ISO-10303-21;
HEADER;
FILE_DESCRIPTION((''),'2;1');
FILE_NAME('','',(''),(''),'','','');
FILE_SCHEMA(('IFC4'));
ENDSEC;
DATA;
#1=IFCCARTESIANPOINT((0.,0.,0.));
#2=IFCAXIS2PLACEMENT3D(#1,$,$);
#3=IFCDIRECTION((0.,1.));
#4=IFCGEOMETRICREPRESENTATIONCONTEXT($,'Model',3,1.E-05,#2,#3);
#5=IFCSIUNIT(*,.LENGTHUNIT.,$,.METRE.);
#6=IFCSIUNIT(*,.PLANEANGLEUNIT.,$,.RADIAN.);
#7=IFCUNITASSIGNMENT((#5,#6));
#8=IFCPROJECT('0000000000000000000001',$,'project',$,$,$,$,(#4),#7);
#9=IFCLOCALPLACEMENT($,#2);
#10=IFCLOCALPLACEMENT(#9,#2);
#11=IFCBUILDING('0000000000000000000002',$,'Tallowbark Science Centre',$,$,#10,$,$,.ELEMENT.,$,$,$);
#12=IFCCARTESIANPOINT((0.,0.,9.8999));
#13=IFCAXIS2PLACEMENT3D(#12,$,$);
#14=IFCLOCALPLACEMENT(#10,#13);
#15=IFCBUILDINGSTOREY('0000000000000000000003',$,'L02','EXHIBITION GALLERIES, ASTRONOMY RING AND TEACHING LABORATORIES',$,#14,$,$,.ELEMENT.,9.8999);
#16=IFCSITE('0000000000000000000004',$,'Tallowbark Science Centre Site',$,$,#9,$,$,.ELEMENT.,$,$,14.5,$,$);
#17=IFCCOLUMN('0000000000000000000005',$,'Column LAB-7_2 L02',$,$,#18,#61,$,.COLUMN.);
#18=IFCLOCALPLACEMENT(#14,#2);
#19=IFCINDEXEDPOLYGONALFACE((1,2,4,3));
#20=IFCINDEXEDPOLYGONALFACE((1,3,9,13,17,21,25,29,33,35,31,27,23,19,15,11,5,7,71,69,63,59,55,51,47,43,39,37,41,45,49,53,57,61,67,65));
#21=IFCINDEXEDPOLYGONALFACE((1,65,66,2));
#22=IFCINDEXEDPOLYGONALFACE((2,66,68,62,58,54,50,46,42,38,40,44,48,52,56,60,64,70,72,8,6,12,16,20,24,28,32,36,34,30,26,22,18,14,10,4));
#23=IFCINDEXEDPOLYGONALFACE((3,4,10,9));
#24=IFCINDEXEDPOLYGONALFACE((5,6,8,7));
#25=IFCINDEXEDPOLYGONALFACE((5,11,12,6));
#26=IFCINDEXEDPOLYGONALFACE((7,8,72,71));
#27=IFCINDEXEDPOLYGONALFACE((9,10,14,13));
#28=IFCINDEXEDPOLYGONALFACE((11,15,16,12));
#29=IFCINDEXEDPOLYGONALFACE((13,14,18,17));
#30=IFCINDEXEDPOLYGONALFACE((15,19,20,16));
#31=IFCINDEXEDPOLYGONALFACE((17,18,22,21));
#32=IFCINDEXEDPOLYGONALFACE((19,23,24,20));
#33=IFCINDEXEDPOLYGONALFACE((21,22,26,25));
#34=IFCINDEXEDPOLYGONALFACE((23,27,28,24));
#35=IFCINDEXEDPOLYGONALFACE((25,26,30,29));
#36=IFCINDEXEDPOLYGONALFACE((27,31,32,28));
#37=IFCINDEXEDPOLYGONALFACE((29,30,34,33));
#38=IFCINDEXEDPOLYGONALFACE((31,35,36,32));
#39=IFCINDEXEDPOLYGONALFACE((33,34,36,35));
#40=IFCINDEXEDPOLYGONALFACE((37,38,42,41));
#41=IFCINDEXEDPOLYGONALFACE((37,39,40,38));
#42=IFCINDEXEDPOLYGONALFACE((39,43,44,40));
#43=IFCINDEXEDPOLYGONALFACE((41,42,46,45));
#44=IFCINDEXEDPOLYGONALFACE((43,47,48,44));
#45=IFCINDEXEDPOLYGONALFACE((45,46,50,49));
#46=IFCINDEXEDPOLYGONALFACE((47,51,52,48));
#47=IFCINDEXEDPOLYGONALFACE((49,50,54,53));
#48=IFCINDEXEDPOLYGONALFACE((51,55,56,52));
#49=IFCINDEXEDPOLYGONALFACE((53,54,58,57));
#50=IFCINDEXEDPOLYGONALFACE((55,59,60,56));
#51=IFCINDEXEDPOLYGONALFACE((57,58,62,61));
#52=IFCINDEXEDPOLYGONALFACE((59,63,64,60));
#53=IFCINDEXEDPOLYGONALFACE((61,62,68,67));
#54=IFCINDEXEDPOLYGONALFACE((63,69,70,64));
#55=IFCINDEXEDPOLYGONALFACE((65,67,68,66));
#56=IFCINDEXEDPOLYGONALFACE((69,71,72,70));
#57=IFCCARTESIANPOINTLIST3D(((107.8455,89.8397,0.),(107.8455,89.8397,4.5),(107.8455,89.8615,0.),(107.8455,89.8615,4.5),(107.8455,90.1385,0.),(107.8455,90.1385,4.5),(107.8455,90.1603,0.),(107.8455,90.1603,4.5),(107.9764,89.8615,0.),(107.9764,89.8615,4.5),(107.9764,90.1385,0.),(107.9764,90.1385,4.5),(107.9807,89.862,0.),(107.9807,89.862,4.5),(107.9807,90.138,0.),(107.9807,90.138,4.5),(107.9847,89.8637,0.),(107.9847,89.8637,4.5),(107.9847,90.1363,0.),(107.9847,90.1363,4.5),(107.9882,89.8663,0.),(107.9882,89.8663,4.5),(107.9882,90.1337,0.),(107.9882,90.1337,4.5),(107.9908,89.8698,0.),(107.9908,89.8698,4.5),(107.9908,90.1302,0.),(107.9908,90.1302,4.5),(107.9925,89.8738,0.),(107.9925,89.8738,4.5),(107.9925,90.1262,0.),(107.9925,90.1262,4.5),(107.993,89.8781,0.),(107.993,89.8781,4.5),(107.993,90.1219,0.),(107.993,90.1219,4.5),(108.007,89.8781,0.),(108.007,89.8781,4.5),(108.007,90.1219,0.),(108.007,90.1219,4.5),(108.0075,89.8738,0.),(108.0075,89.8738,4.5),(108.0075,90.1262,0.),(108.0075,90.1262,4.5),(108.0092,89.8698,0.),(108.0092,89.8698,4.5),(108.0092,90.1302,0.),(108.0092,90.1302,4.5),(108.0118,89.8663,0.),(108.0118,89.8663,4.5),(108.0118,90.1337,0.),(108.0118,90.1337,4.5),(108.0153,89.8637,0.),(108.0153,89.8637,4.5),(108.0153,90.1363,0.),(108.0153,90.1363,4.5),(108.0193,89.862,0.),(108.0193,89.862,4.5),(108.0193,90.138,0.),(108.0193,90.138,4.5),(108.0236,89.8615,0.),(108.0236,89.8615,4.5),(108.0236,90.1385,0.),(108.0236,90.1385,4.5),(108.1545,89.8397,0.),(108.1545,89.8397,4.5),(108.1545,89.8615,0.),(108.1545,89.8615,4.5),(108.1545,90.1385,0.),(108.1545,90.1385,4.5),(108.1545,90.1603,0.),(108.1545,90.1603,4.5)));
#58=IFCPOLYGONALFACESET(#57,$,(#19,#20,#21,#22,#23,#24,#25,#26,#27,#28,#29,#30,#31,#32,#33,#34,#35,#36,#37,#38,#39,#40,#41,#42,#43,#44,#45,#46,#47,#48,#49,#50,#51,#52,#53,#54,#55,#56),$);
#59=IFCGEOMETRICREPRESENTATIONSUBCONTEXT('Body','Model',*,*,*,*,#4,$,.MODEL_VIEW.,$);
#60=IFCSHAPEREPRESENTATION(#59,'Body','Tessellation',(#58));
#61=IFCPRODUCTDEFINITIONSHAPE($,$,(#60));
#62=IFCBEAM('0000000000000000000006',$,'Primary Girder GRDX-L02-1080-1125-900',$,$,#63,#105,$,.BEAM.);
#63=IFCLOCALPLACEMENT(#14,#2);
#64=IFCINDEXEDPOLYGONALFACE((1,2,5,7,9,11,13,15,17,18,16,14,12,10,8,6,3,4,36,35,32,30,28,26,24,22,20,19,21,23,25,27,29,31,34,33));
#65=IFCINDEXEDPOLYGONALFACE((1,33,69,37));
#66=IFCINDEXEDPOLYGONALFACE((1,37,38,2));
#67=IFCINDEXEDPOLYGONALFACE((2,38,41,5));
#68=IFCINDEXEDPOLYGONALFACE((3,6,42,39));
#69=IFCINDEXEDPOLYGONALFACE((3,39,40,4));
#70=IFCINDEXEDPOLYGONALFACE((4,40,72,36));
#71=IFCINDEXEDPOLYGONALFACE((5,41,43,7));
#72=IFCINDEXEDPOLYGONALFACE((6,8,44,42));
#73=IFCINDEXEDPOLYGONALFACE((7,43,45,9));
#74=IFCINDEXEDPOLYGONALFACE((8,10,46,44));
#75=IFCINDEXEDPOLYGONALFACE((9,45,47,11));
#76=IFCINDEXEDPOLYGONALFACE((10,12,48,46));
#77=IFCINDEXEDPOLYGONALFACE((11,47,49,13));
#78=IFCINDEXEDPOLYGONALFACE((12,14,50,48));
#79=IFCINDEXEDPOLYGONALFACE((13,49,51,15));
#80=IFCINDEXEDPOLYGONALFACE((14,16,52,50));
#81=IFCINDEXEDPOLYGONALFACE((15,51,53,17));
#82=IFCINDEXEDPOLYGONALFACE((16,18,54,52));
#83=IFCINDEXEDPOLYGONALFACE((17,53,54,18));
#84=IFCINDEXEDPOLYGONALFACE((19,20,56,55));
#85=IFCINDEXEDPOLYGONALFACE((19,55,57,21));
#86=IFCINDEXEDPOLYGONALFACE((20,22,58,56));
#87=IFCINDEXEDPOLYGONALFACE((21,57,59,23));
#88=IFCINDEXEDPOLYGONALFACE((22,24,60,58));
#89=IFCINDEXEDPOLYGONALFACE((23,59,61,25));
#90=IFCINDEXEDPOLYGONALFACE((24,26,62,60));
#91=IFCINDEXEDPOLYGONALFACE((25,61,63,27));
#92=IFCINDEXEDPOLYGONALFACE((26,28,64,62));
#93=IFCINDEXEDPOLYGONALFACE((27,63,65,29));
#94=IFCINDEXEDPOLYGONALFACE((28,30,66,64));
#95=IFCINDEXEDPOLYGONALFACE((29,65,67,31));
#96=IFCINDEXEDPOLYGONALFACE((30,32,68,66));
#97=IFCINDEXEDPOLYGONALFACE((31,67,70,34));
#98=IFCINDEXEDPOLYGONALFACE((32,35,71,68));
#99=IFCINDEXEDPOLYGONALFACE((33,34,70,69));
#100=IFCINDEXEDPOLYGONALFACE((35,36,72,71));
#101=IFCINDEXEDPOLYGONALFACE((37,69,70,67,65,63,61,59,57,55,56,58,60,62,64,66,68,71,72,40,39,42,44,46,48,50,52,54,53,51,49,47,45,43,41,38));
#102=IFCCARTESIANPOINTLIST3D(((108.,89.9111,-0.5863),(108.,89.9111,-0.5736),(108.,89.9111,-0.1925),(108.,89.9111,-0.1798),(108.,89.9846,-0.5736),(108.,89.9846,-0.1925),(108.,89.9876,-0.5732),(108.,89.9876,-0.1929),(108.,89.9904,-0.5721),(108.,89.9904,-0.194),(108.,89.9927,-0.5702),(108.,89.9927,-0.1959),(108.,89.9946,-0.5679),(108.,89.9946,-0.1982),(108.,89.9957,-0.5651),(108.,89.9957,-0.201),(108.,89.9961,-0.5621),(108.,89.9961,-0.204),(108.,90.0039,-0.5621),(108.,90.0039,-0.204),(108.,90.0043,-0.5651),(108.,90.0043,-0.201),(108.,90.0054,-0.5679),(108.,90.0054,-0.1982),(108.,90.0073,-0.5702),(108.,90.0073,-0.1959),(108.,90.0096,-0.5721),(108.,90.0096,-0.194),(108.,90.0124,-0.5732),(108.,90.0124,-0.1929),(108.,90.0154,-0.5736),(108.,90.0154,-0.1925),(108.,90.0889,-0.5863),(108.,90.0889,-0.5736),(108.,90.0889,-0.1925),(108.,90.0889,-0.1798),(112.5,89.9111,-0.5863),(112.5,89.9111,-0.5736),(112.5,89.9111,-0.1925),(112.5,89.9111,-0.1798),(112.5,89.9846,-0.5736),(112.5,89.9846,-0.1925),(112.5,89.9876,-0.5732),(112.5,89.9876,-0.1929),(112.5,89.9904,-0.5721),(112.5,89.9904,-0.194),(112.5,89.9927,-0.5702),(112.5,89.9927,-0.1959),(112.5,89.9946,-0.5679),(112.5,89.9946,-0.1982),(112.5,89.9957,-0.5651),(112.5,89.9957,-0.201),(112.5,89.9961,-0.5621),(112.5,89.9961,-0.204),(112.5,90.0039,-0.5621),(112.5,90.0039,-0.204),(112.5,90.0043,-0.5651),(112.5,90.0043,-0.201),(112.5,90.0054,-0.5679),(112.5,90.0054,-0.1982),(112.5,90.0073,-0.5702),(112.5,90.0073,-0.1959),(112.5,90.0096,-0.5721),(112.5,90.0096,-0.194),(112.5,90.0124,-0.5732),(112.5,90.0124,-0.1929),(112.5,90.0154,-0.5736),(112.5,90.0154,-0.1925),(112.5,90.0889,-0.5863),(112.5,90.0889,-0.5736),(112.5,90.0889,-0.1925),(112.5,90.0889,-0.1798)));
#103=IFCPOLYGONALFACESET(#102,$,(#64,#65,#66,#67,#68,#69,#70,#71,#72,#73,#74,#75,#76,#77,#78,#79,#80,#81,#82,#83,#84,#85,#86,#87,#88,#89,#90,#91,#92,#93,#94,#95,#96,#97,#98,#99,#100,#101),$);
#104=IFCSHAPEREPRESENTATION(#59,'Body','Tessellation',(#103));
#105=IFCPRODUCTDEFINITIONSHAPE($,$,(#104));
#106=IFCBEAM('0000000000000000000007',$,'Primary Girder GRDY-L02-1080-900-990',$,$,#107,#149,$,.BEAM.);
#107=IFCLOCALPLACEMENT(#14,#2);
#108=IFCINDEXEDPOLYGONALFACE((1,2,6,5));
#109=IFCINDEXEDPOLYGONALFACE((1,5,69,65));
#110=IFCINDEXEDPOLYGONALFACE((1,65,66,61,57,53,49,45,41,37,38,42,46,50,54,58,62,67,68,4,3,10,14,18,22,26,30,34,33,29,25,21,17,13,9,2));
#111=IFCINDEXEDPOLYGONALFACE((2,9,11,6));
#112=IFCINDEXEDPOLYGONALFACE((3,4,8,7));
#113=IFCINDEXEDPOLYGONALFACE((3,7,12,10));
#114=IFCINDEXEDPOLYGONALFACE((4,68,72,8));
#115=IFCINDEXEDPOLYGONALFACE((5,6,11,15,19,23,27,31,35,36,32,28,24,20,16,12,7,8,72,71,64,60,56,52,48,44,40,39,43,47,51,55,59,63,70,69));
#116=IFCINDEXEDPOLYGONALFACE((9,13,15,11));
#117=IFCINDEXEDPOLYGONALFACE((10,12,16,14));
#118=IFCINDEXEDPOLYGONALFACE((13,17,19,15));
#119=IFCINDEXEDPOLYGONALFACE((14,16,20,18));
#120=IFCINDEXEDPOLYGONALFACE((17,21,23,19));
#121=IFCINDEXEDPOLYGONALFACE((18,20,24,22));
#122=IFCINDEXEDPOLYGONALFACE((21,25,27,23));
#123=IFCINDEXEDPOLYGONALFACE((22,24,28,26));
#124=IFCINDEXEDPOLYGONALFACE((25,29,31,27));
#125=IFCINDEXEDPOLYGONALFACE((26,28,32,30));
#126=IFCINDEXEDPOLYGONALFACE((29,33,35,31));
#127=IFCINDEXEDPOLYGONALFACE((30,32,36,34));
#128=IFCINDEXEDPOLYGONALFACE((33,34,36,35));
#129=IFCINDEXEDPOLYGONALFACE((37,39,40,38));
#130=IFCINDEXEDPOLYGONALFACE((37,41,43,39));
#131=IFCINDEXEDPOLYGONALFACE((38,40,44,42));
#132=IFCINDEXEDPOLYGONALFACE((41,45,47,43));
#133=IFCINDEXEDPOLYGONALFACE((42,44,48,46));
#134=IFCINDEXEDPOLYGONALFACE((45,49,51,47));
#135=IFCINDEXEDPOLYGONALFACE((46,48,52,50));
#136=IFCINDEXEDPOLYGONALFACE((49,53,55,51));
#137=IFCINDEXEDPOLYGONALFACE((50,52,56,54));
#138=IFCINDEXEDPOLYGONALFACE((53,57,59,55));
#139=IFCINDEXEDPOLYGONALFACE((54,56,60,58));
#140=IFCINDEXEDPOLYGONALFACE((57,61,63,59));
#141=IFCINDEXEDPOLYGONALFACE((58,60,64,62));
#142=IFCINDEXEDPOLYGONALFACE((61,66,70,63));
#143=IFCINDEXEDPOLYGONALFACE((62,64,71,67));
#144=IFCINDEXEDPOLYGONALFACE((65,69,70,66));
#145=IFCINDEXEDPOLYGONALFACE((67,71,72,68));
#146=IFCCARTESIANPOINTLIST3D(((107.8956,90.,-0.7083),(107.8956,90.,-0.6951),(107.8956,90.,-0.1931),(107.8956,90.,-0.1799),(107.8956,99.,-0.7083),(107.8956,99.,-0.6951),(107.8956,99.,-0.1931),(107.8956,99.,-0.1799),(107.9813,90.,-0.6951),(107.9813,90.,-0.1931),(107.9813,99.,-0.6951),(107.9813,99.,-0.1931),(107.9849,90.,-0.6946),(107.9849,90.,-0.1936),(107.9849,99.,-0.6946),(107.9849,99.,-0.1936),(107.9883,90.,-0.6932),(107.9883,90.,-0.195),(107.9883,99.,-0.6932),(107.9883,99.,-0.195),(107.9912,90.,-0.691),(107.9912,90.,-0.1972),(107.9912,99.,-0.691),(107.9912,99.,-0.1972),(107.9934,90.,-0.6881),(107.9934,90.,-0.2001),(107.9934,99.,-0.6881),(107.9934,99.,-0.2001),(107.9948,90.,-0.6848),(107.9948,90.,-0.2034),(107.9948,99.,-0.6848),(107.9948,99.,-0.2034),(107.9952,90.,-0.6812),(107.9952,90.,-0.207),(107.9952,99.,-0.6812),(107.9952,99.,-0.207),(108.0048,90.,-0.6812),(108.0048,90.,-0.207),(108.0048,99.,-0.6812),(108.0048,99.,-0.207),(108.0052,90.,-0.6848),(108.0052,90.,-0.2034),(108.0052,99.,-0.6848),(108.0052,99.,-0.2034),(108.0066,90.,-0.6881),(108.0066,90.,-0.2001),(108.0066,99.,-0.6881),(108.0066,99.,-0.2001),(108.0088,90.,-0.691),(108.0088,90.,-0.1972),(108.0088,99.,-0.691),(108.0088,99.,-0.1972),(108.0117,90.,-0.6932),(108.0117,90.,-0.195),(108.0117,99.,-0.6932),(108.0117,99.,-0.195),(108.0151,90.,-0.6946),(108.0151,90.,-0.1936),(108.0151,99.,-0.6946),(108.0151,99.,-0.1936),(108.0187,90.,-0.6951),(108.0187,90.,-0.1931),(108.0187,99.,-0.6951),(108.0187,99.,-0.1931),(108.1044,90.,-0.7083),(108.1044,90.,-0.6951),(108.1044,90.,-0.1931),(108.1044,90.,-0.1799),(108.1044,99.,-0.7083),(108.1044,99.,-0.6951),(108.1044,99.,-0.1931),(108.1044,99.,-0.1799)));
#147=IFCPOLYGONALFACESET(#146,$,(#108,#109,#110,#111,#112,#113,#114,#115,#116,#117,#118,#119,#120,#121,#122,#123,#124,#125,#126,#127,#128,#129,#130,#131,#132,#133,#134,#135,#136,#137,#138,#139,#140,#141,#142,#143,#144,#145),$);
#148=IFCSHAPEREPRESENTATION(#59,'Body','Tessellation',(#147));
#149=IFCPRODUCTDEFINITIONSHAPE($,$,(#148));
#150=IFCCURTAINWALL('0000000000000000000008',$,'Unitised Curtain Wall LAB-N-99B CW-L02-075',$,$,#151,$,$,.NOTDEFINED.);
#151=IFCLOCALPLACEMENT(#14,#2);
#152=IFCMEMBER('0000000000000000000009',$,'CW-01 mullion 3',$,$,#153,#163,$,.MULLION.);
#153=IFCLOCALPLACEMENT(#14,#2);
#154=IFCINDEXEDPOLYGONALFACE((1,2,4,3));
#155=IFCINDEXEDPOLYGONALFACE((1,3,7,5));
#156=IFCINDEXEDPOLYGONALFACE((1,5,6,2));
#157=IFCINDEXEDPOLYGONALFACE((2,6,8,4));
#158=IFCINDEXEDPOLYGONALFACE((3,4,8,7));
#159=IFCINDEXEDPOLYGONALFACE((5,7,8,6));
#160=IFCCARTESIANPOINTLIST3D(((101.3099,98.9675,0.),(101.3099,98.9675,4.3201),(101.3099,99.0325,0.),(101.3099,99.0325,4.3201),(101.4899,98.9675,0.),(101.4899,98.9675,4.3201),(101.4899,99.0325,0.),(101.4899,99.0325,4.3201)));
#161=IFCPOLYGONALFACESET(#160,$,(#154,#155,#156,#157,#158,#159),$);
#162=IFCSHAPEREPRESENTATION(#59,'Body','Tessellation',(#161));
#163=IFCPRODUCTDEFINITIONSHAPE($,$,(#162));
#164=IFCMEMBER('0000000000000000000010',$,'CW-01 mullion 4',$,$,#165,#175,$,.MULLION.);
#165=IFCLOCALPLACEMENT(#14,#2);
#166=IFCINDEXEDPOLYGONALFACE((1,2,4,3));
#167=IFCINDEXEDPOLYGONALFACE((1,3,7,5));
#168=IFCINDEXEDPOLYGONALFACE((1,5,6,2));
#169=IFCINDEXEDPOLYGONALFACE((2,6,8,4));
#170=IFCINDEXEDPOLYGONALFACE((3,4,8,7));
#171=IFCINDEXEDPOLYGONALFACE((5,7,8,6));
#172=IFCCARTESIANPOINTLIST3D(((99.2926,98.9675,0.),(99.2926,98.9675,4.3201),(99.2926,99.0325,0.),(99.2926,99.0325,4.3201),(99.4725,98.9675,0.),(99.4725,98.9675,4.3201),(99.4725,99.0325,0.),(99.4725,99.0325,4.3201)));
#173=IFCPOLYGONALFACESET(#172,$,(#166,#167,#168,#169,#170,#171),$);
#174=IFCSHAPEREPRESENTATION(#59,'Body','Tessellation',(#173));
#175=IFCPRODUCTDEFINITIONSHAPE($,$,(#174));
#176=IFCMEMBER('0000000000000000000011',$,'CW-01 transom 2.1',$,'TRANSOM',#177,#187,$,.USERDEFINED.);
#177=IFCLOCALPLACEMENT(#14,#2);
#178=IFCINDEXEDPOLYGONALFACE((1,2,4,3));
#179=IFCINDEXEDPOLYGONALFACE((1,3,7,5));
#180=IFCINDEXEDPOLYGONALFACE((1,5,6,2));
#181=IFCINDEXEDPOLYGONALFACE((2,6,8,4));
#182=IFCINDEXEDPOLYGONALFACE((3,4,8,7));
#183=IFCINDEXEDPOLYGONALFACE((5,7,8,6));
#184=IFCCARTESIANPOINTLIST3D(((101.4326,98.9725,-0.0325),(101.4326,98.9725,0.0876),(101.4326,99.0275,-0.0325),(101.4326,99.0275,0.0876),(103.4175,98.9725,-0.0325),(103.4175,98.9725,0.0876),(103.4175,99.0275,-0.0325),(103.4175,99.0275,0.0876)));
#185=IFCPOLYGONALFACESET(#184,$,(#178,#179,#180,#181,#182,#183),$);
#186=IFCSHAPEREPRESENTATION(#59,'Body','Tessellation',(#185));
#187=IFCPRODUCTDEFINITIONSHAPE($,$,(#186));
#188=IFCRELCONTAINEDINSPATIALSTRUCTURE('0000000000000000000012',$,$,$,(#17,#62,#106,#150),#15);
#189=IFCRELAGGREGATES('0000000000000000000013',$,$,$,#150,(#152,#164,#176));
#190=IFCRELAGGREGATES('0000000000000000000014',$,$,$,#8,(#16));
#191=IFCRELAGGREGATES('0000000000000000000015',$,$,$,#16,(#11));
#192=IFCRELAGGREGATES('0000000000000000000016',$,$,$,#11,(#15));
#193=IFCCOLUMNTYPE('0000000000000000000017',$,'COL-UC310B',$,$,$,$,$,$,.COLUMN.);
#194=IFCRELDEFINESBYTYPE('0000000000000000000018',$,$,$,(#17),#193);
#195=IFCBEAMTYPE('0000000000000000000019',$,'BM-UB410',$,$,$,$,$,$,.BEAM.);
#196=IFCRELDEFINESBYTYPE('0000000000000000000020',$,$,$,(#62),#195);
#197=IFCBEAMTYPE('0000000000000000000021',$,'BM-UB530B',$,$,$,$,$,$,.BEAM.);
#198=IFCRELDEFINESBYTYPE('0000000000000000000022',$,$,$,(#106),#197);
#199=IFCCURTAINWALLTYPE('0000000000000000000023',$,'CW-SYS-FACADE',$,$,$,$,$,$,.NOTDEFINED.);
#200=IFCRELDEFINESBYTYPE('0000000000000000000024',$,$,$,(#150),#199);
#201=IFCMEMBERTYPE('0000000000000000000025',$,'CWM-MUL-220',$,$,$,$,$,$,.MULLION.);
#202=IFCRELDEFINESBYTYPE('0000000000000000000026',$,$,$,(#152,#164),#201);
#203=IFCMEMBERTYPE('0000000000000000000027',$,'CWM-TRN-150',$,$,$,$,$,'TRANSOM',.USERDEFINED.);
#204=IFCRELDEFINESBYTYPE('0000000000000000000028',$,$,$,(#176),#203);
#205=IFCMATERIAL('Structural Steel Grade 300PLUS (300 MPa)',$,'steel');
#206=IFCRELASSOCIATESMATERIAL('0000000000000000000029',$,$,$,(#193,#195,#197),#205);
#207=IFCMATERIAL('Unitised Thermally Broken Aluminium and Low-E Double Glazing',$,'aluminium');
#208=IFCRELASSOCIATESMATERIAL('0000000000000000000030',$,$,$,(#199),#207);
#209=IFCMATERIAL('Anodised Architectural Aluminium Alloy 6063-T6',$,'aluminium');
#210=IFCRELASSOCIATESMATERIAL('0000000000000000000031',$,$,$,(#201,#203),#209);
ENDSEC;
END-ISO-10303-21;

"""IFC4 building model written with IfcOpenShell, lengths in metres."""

from ifc_helpers import new_model, si_unit, direction, frame, origin, origin_2d, place, context, subcontext, project, spatial, rectangle, i_section, extrude, material, material_profile, profile_set, type_object, element, aggregate, save


model = new_model("IFC4")

# Units and contexts
model_context = context("Model", 3, precision=1e-05, world=origin(), true_north=direction((0.0, 1.0)))
body_context = subcontext(model_context, "Body", "Model", "MODEL_VIEW")
ifc_project = project(units=[si_unit("LENGTHUNIT", "METRE"), si_unit("PLANEANGLEUNIT", "RADIAN")], contexts=[model_context])

# Site, building, storey
site_placement = place(None, origin())
site = spatial("IfcSite", under=ifc_project, at=site_placement, Name="Tallowbark Science Centre Site", CompositionType="ELEMENT", RefElevation=14.5)
building_placement = place(site_placement, origin())
building = spatial("IfcBuilding", under=site, at=building_placement, Name="Tallowbark Science Centre", CompositionType="ELEMENT")
storey_placement = place(building_placement, frame((0.0, 0.0, 9.8999)))
storey = spatial("IfcBuildingStorey", under=building, at=storey_placement, Name="L02", Description="EXHIBITION GALLERIES, ASTRONOMY RING AND TEACHING LABORATORIES", CompositionType="ELEMENT", Elevation=9.8999)

# Column
ifc_material_1 = material(Name="Structural Steel Grade 300PLUS (300 MPa)", Category="steel")
ifc_material_profile_1 = material_profile(ifc_material_1, i_section(OverallWidth=0.3091, OverallDepth=0.3206, WebThickness=0.0139, FlangeThickness=0.0217, FilletRadius=0.0166, at=origin_2d()), Name="310UC137")
ifc_profile_set_1 = profile_set([ifc_material_profile_1], Name="Structural Steel Grade 300PLUS (300 MPa)")
column_type = type_object("IfcColumnType", Name="COL-UC310B", PredefinedType="COLUMN", material=ifc_profile_set_1)
column_placement = place(storey_placement, frame((108.0, 90.0, 0.0), z_axis=(0.0, 0.0, 1.0), x_axis=(1.0, 0.0, 0.0)))
element("IfcColumn", 1, at=column_placement, inside=storey, type_object=column_type, Name="Column LAB-7_2 L02", PredefinedType="COLUMN", context=body_context, shape_type="SweptSolid", body=[
    extrude(i_section(OverallWidth=0.3091, OverallDepth=0.3206, WebThickness=0.0139, FlangeThickness=0.0217, FilletRadius=0.0166, at=origin_2d()), origin(), (0.0, 0.0, 1.0), 4.5),
])

# Beams
ifc_material_profile_2 = material_profile(ifc_material_1, i_section(OverallWidth=0.1777, OverallDepth=0.4065, WebThickness=0.0078, FlangeThickness=0.0127, FilletRadius=0.0115, at=origin_2d()), Name="410UB59.7")
ifc_profile_set_2 = profile_set([ifc_material_profile_2], Name="Structural Steel Grade 300PLUS (300 MPa)")
beam_type_1 = type_object("IfcBeamType", Name="BM-UB410", PredefinedType="BEAM", material=ifc_profile_set_2)
beam_1_placement = place(storey_placement, frame((108.0, 90.0, -0.3831), z_axis=(1.0, 0.0, 0.0), x_axis=(0.0, 1.0, 0.0)))
element("IfcBeam", 2, at=beam_1_placement, inside=storey, type_object=beam_type_1, Name="Primary Girder GRDX-L02-1080-1125-900", PredefinedType="BEAM", context=body_context, shape_type="SweptSolid", body=[
    extrude(i_section(OverallWidth=0.1777, OverallDepth=0.4065, WebThickness=0.0078, FlangeThickness=0.0127, FilletRadius=0.0115, at=origin_2d()), origin(), (0.0, 0.0, 1.0), 4.5),
])
ifc_material_profile_3 = material_profile(ifc_material_1, i_section(OverallWidth=0.2087, OverallDepth=0.5283, WebThickness=0.0095, FlangeThickness=0.0132, FilletRadius=0.0139, at=origin_2d()), Name="530UB82.0")
ifc_profile_set_3 = profile_set([ifc_material_profile_3], Name="Structural Steel Grade 300PLUS (300 MPa)")
beam_type_2 = type_object("IfcBeamType", Name="BM-UB530B", PredefinedType="BEAM", material=ifc_profile_set_3)
beam_2_placement = place(storey_placement, frame((108.0, 90.0, -0.4441), z_axis=(0.0, 1.0, 0.0), x_axis=(-1.0, 0.0, 0.0)))
element("IfcBeam", 3, at=beam_2_placement, inside=storey, type_object=beam_type_2, Name="Primary Girder GRDY-L02-1080-900-990", PredefinedType="BEAM", context=body_context, shape_type="SweptSolid", body=[
    extrude(i_section(OverallWidth=0.2087, OverallDepth=0.5283, WebThickness=0.0095, FlangeThickness=0.0132, FilletRadius=0.0139, at=origin_2d()), origin(), (0.0, 0.0, 1.0), 9.0),
])

# Curtain wall, members
ifc_material_2 = material(Name="Unitised Thermally Broken Aluminium and Low-E Double Glazing", Category="aluminium")
curtain_wall_type = type_object("IfcCurtainWallType", Name="CW-SYS-FACADE", PredefinedType="NOTDEFINED", material=ifc_material_2)
curtain_wall_placement = place(storey_placement, origin())
curtain_wall = element("IfcCurtainWall", 4, at=curtain_wall_placement, inside=storey, type_object=curtain_wall_type, Name="Unitised Curtain Wall LAB-N-99B CW-L02-075", PredefinedType="NOTDEFINED")
ifc_material_3 = material(Name="Anodised Architectural Aluminium Alloy 6063-T6", Category="aluminium")
ifc_material_profile_4 = material_profile(ifc_material_3, rectangle(XDim=0.0649, YDim=0.1799, at=origin_2d()), Name="ALU65x180")
ifc_profile_set_4 = profile_set([ifc_material_profile_4], Name="Anodised Architectural Aluminium Alloy 6063-T6")
member_type_1 = type_object("IfcMemberType", Name="CWM-MUL-220", PredefinedType="MULLION", material=ifc_profile_set_4)
member_1_placement = place(storey_placement, frame((101.3999, 99.0, 0.0), z_axis=(0.0, 0.0, 1.0), x_axis=(0.0, -1.0, 0.0)))
member_1 = element("IfcMember", 5, at=member_1_placement, type_object=member_type_1, Name="CW-01 mullion 3", PredefinedType="MULLION", context=body_context, shape_type="SweptSolid", body=[
    extrude(rectangle(XDim=0.0649, YDim=0.1799, at=origin_2d()), origin(), (0.0, 0.0, 1.0), 4.3201),
])
member_2_placement = place(storey_placement, frame((99.3826, 99.0, 0.0), z_axis=(0.0, 0.0, 1.0), x_axis=(0.0, -1.0, 0.0)))
member_2 = element("IfcMember", 6, at=member_2_placement, type_object=member_type_1, Name="CW-01 mullion 4", PredefinedType="MULLION", context=body_context, shape_type="SweptSolid", body=[
    extrude(rectangle(XDim=0.0649, YDim=0.1799, at=origin_2d()), origin(), (0.0, 0.0, 1.0), 4.3201),
])
ifc_material_profile_5 = material_profile(ifc_material_3, rectangle(XDim=0.0549, YDim=0.1201, at=origin_2d()), Name="ALU55x120")
ifc_profile_set_5 = profile_set([ifc_material_profile_5], Name="Anodised Architectural Aluminium Alloy 6063-T6")
member_type_2 = type_object("IfcMemberType", Name="CWM-TRN-150", ElementType="TRANSOM", PredefinedType="USERDEFINED", material=ifc_profile_set_5)
member_3_placement = place(storey_placement, frame((103.4175, 99.0, 0.0276), z_axis=(-1.0, 0.0, 0.0), x_axis=(0.0, -1.0, 0.0)))
member_3 = element("IfcMember", 7, at=member_3_placement, type_object=member_type_2, Name="CW-01 transom 2.1", ObjectType="TRANSOM", PredefinedType="USERDEFINED", context=body_context, shape_type="SweptSolid", body=[
    extrude(rectangle(XDim=0.0549, YDim=0.1201, at=origin_2d()), origin(), (0.0, 0.0, 1.0), 1.9849),
])

aggregate(curtain_wall, [member_1, member_2, member_3])

save(model, "model.ifc")
